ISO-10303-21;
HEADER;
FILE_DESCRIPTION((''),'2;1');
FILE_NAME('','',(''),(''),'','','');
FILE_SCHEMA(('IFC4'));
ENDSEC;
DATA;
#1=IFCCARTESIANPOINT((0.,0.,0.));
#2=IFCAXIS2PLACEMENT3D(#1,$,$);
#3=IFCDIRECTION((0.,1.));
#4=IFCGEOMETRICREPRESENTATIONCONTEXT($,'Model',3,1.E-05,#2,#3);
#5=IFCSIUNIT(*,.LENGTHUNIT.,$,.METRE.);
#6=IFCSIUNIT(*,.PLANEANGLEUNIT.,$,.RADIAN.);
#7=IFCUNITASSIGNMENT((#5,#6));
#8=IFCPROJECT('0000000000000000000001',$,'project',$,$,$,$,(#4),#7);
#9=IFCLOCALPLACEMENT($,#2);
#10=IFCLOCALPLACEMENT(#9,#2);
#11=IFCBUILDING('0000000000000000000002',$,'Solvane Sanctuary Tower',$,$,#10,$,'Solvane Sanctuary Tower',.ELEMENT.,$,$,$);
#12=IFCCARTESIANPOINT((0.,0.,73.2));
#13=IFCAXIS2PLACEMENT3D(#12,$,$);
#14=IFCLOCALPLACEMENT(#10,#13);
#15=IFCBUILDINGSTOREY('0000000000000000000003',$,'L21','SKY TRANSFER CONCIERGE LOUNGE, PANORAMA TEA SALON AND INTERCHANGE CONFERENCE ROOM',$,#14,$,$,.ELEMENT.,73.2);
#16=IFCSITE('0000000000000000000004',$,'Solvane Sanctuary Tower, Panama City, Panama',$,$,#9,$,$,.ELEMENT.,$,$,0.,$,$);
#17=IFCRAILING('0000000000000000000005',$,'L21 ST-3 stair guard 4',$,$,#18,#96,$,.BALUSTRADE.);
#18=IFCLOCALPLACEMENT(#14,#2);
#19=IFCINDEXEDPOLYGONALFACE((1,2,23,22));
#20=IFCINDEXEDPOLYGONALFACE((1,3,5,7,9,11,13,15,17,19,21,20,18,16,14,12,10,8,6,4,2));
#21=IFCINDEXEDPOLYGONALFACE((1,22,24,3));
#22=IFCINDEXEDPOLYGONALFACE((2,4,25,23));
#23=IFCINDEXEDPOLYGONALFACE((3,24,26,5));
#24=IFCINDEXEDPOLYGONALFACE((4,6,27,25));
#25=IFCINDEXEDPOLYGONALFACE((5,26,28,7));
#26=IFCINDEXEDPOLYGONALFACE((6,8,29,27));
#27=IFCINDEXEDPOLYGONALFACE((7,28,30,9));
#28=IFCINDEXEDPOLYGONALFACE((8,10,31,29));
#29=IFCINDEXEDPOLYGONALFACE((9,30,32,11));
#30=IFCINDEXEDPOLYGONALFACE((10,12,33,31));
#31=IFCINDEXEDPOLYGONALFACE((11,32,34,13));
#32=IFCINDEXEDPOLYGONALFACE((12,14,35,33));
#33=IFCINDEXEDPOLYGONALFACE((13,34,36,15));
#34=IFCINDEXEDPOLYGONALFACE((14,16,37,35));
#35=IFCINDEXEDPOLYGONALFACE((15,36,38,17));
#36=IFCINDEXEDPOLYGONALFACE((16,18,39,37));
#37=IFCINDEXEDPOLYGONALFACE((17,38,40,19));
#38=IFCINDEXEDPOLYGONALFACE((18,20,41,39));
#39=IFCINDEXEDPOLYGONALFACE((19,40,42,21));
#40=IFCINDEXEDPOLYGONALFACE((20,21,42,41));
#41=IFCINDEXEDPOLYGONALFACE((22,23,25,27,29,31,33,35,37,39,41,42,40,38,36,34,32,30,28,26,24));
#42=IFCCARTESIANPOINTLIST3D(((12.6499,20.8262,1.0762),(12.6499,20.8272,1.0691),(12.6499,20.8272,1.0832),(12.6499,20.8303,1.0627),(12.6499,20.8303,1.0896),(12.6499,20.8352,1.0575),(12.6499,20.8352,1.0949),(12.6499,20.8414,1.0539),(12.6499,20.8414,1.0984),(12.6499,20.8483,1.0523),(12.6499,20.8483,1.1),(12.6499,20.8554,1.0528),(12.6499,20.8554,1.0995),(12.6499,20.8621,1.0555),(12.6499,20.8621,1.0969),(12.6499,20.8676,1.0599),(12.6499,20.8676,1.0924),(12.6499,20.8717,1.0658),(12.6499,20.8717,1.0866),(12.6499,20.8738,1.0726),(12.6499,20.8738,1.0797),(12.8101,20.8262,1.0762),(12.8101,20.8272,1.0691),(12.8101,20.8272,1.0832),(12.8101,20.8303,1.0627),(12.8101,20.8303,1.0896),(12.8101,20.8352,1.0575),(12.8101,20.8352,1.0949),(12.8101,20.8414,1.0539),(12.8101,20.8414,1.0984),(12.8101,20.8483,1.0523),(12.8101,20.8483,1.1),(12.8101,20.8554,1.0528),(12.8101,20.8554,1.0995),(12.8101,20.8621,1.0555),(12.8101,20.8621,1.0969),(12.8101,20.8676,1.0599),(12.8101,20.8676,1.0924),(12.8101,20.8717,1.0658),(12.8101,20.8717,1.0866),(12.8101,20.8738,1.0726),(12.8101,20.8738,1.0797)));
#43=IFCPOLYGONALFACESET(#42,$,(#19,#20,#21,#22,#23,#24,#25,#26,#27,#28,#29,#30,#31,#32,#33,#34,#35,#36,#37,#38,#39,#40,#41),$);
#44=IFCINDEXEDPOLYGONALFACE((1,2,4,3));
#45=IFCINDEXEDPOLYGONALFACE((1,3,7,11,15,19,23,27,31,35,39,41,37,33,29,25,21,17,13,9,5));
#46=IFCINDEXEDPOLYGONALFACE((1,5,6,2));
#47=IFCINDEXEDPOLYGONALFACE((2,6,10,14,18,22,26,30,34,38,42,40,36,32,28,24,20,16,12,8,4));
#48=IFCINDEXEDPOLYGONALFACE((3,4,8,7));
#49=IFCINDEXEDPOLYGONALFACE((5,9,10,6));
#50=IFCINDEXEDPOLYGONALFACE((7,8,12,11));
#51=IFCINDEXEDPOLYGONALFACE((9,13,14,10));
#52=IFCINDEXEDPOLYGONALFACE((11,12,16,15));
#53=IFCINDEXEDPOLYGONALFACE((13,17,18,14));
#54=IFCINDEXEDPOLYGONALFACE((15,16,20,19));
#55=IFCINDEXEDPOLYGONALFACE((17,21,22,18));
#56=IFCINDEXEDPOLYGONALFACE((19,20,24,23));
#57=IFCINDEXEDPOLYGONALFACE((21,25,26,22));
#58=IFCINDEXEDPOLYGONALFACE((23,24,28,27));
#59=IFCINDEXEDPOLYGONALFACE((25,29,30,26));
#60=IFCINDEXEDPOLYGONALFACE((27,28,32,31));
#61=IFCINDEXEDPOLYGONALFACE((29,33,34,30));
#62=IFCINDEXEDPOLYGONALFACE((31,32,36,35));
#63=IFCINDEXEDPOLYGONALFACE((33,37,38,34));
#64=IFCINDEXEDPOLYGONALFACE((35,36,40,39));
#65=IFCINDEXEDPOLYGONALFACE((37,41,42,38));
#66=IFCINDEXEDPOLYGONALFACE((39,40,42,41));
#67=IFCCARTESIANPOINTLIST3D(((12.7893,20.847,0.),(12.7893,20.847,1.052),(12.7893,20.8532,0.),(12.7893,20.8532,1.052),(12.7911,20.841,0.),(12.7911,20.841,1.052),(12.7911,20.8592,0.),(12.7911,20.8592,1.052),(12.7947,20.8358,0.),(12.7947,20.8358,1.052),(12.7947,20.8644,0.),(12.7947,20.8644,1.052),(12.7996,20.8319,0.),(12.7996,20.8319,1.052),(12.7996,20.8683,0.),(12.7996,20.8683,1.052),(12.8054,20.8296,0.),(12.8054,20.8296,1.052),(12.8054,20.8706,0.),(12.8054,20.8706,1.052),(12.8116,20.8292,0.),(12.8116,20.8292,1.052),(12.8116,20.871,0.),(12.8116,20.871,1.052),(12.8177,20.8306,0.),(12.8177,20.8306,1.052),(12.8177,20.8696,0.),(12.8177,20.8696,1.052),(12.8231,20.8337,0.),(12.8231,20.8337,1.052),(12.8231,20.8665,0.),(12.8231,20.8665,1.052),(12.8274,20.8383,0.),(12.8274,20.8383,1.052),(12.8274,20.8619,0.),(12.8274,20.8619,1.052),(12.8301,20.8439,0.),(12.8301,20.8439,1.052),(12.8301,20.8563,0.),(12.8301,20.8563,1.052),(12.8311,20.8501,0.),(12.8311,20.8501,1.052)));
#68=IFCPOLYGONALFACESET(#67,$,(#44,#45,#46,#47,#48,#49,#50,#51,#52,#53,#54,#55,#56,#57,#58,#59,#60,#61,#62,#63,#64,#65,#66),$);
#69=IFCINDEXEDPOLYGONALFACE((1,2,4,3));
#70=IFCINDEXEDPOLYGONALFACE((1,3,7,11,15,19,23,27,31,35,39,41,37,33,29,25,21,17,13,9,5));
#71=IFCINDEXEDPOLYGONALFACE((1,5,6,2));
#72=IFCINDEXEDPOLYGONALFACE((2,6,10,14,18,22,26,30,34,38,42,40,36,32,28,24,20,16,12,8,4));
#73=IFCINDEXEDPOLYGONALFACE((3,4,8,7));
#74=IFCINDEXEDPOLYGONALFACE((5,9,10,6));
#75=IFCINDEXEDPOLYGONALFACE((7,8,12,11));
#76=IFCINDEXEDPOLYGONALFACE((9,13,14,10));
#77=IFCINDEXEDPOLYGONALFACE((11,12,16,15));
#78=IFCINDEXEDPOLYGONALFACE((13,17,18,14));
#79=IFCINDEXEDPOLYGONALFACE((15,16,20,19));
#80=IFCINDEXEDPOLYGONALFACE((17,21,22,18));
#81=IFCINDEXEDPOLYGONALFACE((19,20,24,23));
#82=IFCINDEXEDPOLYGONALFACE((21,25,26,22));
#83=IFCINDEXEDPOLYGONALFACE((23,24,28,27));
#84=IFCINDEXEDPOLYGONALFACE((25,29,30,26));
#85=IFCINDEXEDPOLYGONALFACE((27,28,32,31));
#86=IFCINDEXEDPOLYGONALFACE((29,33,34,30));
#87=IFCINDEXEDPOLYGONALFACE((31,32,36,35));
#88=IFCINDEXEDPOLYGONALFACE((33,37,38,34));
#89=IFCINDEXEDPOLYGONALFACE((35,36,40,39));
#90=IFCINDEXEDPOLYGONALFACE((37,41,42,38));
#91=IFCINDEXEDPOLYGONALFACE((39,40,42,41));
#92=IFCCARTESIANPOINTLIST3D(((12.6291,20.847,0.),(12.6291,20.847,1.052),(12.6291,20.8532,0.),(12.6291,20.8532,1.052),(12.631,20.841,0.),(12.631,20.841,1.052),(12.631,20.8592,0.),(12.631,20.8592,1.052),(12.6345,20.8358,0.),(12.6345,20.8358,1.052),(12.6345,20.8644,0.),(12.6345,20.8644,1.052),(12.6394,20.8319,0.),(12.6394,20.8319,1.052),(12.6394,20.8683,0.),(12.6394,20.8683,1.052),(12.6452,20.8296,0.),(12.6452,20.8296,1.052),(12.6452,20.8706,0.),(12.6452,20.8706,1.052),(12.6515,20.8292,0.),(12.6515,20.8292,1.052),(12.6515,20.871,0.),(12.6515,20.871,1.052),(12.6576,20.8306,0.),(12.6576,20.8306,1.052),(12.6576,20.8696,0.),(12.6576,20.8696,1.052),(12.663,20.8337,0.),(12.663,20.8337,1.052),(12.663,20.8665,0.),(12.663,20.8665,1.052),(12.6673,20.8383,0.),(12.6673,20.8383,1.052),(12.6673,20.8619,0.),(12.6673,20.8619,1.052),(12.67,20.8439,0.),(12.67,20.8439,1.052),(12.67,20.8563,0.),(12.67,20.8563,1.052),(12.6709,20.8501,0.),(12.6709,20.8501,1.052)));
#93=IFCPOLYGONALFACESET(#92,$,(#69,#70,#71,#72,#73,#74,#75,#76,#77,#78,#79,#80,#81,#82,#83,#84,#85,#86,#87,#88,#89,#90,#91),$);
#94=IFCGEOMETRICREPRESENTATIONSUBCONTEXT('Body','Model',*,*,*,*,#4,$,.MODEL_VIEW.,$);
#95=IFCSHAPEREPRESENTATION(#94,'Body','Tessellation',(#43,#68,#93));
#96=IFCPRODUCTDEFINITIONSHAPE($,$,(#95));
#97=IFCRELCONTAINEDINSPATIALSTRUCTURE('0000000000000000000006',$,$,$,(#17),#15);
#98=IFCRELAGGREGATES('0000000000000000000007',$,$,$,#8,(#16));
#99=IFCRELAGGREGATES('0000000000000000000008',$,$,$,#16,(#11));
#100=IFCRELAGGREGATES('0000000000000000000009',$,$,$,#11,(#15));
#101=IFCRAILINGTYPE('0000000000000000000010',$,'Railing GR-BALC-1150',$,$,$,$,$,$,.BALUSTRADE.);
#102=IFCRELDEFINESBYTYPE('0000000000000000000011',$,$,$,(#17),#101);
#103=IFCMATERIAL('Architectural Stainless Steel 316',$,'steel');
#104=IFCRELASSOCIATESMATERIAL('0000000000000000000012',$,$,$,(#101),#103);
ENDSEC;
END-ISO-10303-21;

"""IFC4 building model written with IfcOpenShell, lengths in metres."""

from ifc_helpers import new_model, si_unit, direction, frame, origin, origin_2d, place, context, subcontext, project, spatial, circle, extrude, material, type_object, element, save


model = new_model("IFC4")

# Units and contexts
model_context = context("Model", 3, precision=1e-05, world=origin(), true_north=direction((0.0, 1.0)))
body_context = subcontext(model_context, "Body", "Model", "MODEL_VIEW")
ifc_project = project(units=[si_unit("LENGTHUNIT", "METRE"), si_unit("PLANEANGLEUNIT", "RADIAN")], contexts=[model_context])

# Site, building, storey
site_placement = place(None, origin())
site = spatial("IfcSite", under=ifc_project, at=site_placement, Name="Solvane Sanctuary Tower, Panama City, Panama", CompositionType="ELEMENT", RefElevation=0.0)
building_placement = place(site_placement, origin())
building = spatial("IfcBuilding", under=site, at=building_placement, Name="Solvane Sanctuary Tower", LongName="Solvane Sanctuary Tower", CompositionType="ELEMENT")
storey_placement = place(building_placement, frame((0.0, 0.0, 73.2)))
storey = spatial("IfcBuildingStorey", under=building, at=storey_placement, Name="L21", Description="SKY TRANSFER CONCIERGE LOUNGE, PANORAMA TEA SALON AND INTERCHANGE CONFERENCE ROOM", CompositionType="ELEMENT", Elevation=73.2)

# Shared definitions
ifc_material_1 = material(Name="Architectural Stainless Steel 316", Category="steel")

# Railing
railing_type_1 = type_object("IfcRailingType", Name="Railing GR-BALC-1150", PredefinedType="BALUSTRADE", material=ifc_material_1)
railing_1_placement = place(storey_placement, frame((12.8101, 20.8501, 0.0)))
element("IfcRailing", 1, at=railing_1_placement, inside=storey, type_object=railing_type_1, Name="L21 ST-3 stair guard 4", PredefinedType="BALUSTRADE", context=body_context, shape_type="SweptSolid", body=[
    extrude(circle(Radius=0.0239, at=origin_2d()), frame((0.0, 0.0, 1.0762), z_axis=(-1.0, 0.0, 0.0), x_axis=(0.0, -1.0, 0.0)), (0.0, 0.0, 1.0), 0.1602),
    extrude(circle(Radius=0.021, at=origin_2d()), origin(), (0.0, 0.0, 1.0), 1.052),
    extrude(circle(Radius=0.021, at=origin_2d()), frame((-0.1602, 0.0, 0.0)), (0.0, 0.0, 1.0), 1.052),
])

save(model, "model.ifc")
